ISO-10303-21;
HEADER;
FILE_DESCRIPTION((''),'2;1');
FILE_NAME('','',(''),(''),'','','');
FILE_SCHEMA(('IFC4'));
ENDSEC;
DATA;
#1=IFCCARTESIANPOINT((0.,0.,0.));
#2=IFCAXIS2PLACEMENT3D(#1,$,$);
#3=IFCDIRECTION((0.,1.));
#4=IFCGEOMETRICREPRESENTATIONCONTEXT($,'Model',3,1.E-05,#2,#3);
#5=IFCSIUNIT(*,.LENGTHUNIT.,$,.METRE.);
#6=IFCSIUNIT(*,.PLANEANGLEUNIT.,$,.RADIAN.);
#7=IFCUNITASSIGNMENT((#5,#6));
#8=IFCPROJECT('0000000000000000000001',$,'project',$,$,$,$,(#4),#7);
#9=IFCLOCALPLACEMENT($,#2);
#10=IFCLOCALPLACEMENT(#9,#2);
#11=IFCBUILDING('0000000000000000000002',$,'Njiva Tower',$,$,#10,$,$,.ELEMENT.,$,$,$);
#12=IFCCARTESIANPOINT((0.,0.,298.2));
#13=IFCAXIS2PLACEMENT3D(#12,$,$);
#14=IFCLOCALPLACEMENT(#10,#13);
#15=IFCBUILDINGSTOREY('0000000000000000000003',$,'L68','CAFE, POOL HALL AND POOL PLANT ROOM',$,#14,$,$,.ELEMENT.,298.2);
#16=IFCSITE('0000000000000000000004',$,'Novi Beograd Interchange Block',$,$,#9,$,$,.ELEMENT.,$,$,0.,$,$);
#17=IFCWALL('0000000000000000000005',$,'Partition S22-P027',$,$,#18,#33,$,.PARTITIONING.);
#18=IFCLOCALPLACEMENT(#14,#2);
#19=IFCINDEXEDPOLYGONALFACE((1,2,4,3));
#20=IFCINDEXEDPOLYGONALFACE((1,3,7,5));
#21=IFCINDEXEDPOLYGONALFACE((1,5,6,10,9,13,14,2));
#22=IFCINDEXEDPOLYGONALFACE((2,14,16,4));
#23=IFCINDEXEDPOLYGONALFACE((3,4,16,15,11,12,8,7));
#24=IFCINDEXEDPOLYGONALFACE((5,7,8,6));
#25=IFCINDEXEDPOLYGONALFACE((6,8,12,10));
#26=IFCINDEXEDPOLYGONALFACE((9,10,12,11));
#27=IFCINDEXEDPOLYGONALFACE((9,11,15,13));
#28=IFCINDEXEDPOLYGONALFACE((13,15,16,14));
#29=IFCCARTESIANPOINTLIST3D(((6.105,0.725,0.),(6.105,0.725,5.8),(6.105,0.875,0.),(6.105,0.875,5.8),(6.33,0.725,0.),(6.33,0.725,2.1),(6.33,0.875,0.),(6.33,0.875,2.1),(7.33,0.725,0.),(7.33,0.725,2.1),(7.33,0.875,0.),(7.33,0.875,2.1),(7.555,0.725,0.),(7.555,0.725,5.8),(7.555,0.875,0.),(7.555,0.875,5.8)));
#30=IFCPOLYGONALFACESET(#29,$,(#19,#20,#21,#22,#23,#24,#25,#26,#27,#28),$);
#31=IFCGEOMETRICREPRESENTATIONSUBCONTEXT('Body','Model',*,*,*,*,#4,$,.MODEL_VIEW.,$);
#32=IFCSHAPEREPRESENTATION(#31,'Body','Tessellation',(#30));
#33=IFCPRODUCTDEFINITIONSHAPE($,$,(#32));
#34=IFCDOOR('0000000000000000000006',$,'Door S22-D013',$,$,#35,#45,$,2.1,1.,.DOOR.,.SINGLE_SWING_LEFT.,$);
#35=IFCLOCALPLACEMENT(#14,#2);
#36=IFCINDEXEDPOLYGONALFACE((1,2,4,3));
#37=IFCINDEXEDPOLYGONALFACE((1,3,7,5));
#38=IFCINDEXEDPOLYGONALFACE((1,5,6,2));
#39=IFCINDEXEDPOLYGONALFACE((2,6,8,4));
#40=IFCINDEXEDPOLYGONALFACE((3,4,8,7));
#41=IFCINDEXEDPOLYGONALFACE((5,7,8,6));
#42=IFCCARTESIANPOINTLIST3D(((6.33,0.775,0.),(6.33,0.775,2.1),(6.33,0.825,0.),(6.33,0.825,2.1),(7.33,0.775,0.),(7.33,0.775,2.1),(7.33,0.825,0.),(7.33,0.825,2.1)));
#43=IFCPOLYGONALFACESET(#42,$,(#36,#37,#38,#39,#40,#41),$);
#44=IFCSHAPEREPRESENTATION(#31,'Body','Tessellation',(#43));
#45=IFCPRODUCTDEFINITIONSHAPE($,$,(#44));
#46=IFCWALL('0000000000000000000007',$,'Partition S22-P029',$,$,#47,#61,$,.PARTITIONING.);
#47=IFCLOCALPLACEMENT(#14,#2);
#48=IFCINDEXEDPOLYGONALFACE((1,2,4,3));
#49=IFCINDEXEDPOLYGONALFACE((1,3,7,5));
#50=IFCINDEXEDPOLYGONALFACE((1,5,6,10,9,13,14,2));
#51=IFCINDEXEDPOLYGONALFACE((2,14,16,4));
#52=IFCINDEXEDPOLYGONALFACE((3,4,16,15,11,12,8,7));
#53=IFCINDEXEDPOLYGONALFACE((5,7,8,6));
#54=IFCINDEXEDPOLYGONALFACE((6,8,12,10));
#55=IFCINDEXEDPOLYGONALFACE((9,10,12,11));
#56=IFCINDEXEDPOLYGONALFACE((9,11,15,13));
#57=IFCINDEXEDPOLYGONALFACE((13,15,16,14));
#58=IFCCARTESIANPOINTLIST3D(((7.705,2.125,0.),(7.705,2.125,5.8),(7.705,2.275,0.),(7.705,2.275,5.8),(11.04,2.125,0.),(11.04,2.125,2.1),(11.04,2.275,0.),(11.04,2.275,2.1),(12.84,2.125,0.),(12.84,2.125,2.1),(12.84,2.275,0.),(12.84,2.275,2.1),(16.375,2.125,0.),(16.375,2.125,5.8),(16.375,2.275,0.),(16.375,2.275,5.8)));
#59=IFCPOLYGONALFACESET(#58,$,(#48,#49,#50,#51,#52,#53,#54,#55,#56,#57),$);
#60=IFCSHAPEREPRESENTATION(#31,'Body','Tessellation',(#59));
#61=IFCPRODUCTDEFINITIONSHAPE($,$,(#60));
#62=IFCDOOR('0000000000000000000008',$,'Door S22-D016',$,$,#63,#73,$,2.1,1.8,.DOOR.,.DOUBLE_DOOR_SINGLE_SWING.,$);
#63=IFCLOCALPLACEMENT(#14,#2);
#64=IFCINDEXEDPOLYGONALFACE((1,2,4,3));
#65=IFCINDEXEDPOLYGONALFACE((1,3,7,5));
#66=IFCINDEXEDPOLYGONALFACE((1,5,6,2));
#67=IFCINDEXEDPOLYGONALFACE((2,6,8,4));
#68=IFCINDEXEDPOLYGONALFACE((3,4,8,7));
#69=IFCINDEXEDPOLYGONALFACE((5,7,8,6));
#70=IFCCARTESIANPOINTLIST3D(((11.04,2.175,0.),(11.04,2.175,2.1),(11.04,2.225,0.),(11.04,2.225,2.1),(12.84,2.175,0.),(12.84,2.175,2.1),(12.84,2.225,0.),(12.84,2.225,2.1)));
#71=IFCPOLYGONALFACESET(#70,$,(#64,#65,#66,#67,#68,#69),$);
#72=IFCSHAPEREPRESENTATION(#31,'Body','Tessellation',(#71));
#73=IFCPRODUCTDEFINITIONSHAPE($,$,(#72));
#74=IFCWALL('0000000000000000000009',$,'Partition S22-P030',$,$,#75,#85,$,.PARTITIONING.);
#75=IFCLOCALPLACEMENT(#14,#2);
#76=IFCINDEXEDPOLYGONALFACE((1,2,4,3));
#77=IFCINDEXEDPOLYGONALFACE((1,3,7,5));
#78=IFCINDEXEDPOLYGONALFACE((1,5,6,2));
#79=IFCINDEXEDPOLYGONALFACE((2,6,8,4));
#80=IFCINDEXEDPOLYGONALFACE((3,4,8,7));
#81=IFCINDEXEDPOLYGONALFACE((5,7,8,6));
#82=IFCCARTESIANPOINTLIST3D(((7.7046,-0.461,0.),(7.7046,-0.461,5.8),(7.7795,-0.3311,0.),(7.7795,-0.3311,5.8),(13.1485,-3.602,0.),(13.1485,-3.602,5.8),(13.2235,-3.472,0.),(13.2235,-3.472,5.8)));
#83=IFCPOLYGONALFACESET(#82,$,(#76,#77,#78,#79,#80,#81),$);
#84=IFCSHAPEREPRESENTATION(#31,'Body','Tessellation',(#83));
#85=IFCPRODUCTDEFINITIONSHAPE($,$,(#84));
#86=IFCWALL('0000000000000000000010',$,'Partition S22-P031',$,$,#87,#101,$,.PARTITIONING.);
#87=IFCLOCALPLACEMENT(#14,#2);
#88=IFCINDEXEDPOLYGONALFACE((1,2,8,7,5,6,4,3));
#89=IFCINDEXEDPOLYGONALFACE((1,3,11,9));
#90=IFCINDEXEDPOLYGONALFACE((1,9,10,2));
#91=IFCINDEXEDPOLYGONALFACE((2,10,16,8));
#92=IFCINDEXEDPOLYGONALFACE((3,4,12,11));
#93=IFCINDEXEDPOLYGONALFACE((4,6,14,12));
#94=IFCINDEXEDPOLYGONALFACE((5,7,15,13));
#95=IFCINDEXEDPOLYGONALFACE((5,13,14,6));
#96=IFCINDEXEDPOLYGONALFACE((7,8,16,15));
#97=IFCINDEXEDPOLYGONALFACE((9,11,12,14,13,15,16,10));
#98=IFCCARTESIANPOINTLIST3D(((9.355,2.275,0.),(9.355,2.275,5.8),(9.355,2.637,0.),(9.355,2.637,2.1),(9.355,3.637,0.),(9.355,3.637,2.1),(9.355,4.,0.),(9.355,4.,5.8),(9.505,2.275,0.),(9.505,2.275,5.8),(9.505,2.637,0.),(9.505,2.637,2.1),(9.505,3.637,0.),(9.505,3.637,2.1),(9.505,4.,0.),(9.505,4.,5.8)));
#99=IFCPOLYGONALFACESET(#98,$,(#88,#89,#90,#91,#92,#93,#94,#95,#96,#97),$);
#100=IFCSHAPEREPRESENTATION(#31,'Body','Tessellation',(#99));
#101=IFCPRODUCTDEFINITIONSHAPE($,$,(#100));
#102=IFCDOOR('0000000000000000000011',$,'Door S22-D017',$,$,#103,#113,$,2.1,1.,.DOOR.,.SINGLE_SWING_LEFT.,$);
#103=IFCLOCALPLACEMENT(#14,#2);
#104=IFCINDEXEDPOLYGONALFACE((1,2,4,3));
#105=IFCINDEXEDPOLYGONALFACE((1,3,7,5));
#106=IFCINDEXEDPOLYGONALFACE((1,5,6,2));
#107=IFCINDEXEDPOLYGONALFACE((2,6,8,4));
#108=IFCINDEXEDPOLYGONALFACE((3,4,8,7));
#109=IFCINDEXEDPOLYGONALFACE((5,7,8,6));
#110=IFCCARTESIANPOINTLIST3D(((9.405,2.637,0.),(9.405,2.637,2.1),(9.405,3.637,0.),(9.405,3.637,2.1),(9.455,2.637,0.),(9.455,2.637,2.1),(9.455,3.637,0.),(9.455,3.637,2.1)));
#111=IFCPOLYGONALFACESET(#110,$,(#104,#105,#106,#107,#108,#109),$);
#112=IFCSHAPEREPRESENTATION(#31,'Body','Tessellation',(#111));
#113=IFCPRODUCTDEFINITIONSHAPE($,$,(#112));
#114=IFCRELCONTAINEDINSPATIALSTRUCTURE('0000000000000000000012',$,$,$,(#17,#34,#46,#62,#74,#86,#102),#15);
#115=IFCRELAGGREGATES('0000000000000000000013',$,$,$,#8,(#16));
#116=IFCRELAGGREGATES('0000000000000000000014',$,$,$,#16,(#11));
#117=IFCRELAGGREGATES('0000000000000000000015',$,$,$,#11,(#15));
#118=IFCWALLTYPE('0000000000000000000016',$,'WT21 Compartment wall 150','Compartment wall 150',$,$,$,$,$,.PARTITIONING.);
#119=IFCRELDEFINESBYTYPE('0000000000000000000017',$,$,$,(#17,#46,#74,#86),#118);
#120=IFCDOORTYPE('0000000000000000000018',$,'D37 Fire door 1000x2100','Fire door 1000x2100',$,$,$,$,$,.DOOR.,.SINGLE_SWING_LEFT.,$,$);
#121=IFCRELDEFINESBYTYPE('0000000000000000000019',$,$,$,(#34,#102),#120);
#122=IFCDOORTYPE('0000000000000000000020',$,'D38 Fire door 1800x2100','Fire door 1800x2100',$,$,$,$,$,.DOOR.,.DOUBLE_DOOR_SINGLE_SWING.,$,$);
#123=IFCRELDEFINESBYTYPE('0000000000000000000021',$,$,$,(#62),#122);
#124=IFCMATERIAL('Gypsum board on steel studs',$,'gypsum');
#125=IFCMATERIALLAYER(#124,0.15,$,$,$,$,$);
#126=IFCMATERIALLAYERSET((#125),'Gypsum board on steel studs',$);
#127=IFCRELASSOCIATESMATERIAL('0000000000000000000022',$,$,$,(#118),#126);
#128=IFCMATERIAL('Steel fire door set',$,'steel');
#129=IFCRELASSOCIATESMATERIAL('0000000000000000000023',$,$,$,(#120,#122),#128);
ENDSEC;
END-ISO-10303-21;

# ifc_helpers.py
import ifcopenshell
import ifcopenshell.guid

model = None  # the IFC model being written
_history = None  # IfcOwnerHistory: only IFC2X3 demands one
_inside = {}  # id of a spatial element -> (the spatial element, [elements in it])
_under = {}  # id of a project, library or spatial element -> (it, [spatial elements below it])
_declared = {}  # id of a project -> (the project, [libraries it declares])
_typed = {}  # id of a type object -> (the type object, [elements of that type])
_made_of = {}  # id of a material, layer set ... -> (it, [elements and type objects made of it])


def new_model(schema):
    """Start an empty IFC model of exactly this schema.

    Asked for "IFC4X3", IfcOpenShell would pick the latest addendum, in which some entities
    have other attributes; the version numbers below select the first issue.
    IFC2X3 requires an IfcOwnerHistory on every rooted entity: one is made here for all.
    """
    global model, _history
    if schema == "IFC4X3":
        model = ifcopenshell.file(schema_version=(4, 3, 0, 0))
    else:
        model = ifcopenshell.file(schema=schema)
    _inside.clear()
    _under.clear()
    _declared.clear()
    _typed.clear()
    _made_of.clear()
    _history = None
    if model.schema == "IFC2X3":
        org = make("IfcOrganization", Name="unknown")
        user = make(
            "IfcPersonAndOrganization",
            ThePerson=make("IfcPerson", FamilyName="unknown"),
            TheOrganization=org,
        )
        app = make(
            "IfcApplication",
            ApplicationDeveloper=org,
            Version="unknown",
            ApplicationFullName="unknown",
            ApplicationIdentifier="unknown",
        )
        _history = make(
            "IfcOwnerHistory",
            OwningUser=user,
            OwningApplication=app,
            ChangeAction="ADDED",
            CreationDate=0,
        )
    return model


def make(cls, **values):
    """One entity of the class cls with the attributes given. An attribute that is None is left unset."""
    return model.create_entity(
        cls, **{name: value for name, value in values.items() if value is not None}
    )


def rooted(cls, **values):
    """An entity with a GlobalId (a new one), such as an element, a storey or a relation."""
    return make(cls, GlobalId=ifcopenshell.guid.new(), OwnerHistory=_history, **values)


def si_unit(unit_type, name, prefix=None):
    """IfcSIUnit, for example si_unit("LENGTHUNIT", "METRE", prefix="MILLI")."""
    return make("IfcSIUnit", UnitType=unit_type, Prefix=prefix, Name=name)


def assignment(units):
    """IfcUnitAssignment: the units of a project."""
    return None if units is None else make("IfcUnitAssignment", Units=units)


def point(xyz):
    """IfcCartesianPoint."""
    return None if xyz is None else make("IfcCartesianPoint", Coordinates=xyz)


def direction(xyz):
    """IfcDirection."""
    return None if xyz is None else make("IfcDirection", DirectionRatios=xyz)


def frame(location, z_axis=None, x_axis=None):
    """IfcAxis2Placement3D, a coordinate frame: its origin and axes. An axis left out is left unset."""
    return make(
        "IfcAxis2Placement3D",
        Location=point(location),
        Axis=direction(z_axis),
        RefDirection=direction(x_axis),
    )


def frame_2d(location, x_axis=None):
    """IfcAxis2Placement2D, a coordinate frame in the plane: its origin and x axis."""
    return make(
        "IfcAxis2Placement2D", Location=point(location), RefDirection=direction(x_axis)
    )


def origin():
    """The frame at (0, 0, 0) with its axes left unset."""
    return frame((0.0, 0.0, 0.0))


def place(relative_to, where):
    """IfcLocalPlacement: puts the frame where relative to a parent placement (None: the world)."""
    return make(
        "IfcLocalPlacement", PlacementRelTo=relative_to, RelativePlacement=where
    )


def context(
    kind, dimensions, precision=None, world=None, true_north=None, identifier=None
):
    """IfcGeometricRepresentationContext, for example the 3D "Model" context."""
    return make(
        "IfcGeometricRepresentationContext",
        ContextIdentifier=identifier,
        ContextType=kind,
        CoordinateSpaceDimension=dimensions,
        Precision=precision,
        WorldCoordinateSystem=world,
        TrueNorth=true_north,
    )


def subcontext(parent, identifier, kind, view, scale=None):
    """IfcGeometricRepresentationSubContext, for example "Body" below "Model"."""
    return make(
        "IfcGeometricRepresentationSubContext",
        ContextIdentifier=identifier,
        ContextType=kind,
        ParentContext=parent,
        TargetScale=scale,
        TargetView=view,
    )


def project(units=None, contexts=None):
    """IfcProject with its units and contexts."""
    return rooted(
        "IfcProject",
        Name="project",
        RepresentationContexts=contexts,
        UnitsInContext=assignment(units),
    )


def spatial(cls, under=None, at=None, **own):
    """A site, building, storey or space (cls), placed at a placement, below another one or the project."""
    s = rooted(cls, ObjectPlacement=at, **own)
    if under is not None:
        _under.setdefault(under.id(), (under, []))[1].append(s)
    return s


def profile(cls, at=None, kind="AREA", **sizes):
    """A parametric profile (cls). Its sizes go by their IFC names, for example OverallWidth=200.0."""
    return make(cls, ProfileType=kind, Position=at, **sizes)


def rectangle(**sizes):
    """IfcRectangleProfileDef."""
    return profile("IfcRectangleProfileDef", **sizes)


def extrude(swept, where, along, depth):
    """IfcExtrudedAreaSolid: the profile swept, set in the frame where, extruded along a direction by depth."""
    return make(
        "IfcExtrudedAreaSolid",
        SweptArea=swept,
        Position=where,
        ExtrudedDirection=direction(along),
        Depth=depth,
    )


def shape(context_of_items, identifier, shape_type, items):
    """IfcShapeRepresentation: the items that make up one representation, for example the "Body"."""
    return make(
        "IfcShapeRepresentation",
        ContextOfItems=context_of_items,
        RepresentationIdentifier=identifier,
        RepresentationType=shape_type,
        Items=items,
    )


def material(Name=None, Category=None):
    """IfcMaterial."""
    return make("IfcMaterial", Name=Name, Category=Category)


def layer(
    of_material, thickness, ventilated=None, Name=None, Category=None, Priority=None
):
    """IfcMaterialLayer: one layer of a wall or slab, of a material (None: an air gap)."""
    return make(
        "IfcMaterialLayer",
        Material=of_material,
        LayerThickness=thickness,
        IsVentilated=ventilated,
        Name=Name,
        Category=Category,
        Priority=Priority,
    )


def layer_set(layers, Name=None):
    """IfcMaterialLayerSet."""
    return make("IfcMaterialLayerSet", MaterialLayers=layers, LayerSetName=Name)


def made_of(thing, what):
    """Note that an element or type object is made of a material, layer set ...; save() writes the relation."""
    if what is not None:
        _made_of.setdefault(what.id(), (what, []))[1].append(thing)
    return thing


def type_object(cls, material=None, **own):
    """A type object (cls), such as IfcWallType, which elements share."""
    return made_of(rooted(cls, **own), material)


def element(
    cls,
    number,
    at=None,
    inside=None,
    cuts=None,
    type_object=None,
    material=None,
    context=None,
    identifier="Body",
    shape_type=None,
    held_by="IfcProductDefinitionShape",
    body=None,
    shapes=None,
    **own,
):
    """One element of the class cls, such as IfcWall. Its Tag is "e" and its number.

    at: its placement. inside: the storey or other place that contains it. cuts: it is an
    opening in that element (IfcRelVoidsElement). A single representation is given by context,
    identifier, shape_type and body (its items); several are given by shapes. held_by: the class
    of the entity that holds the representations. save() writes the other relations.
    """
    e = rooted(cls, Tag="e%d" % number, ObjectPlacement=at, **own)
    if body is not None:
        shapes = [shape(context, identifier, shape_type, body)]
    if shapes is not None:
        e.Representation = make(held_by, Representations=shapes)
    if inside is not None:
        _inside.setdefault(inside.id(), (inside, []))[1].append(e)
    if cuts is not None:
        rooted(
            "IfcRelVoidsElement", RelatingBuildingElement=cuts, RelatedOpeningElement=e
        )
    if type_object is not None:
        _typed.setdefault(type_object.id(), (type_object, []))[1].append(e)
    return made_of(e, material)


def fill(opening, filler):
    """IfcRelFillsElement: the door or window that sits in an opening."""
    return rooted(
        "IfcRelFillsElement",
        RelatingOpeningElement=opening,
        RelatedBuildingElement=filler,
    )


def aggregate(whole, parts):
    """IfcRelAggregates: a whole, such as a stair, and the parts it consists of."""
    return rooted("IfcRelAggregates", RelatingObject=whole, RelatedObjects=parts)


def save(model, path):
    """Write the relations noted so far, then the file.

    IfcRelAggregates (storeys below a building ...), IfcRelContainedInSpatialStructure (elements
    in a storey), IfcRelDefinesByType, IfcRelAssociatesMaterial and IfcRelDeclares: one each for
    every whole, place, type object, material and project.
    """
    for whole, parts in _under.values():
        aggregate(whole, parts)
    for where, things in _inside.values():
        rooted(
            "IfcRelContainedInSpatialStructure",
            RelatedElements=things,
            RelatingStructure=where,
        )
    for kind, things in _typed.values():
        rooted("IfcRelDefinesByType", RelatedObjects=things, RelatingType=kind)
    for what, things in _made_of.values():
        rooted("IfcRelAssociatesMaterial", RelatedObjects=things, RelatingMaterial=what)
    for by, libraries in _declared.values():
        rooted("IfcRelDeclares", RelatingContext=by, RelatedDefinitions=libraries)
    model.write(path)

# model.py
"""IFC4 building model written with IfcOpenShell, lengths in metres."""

from ifc_helpers import new_model, si_unit, direction, frame, frame_2d, origin, place, context, subcontext, project, spatial, rectangle, extrude, material, layer, layer_set, type_object, element, fill, save


model = new_model("IFC4")

# Units and contexts
model_context = context("Model", 3, precision=1e-05, world=origin(), true_north=direction((0.0, 1.0)))
body_context = subcontext(model_context, "Body", "Model", "MODEL_VIEW")
ifc_project = project(units=[si_unit("LENGTHUNIT", "METRE"), si_unit("PLANEANGLEUNIT", "RADIAN")], contexts=[model_context])

# Site, building, storey
site_placement = place(None, origin())
site = spatial("IfcSite", under=ifc_project, at=site_placement, Name="Novi Beograd Interchange Block", CompositionType="ELEMENT", RefElevation=0.0)
building_placement = place(site_placement, origin())
building = spatial("IfcBuilding", under=site, at=building_placement, Name="Njiva Tower", CompositionType="ELEMENT")
storey_placement = place(building_placement, frame((0.0, 0.0, 298.2)))
storey = spatial("IfcBuildingStorey", under=building, at=storey_placement, Name="L68", Description="CAFE, POOL HALL AND POOL PLANT ROOM", CompositionType="ELEMENT", Elevation=298.2)

# Shared definitions
ifc_material_1 = material(Name="Gypsum board on steel studs", Category="gypsum")
ifc_layer_1 = layer(ifc_material_1, 0.15)
ifc_layer_set_1 = layer_set([ifc_layer_1], Name="Gypsum board on steel studs")
wall_type_1 = type_object("IfcWallType", Name="WT21 Compartment wall 150", Description="Compartment wall 150", PredefinedType="PARTITIONING", material=ifc_layer_set_1)

# Walls, openings, doors
wall_1_placement = place(storey_placement, frame((6.105, 0.8, 0.0), z_axis=(0.0, 0.0, 1.0), x_axis=(1.0, 0.0, 0.0)))
wall_1 = element("IfcWall", 1, at=wall_1_placement, inside=storey, type_object=wall_type_1, Name="Partition S22-P027", PredefinedType="PARTITIONING", context=body_context, shape_type="SweptSolid", body=[
    extrude(rectangle(XDim=1.45, YDim=0.15, at=frame_2d((0.725, 0.0))), origin(), (0.0, 0.0, 1.0), 5.8),
])
opening_1_placement = place(wall_1_placement, frame((0.225, 0.0, 0.0)))
opening_1 = element("IfcOpeningElement", 2, at=opening_1_placement, cuts=wall_1, PredefinedType="OPENING", context=body_context, shape_type="SweptSolid", body=[
    extrude(rectangle(XDim=1.0, YDim=2.1, at=frame_2d((0.5, 1.05))), frame((0.0, 0.085, 0.0), z_axis=(0.0, -1.0, 0.0), x_axis=(1.0, 0.0, 0.0)), (0.0, 0.0, 1.0), 0.17),
])
ifc_material_2 = material(Name="Steel fire door set", Category="steel")
door_type_1 = type_object("IfcDoorType", Name="D37 Fire door 1000x2100", Description="Fire door 1000x2100", OperationType="SINGLE_SWING_LEFT", PredefinedType="DOOR", material=ifc_material_2)
door_1_placement = place(opening_1_placement, origin())
door_1 = element("IfcDoor", 3, at=door_1_placement, inside=storey, type_object=door_type_1, Name="Door S22-D013", OperationType="SINGLE_SWING_LEFT", OverallHeight=2.1, OverallWidth=1.0, PredefinedType="DOOR", context=body_context, shape_type="SweptSolid", body=[
    extrude(rectangle(XDim=1.0, YDim=2.1, at=frame_2d((0.5, 1.05))), frame((0.0, 0.025, 0.0), z_axis=(0.0, -1.0, 0.0), x_axis=(1.0, 0.0, 0.0)), (0.0, 0.0, 1.0), 0.05),
])
fill(opening_1, door_1)
wall_2_placement = place(storey_placement, frame((7.705, 2.2, 0.0), z_axis=(0.0, 0.0, 1.0), x_axis=(1.0, 0.0, 0.0)))
wall_2 = element("IfcWall", 4, at=wall_2_placement, inside=storey, type_object=wall_type_1, Name="Partition S22-P029", PredefinedType="PARTITIONING", context=body_context, shape_type="SweptSolid", body=[
    extrude(rectangle(XDim=8.67, YDim=0.15, at=frame_2d((4.335, 0.0))), origin(), (0.0, 0.0, 1.0), 5.8),
])
opening_2_placement = place(wall_2_placement, frame((3.335, 0.0, 0.0)))
opening_2 = element("IfcOpeningElement", 5, at=opening_2_placement, cuts=wall_2, PredefinedType="OPENING", context=body_context, shape_type="SweptSolid", body=[
    extrude(rectangle(XDim=1.8, YDim=2.1, at=frame_2d((0.9, 1.05))), frame((0.0, 0.085, 0.0), z_axis=(0.0, -1.0, 0.0), x_axis=(1.0, 0.0, 0.0)), (0.0, 0.0, 1.0), 0.17),
])
door_type_2 = type_object("IfcDoorType", Name="D38 Fire door 1800x2100", Description="Fire door 1800x2100", OperationType="DOUBLE_DOOR_SINGLE_SWING", PredefinedType="DOOR", material=ifc_material_2)
door_2_placement = place(opening_2_placement, origin())
door_2 = element("IfcDoor", 6, at=door_2_placement, inside=storey, type_object=door_type_2, Name="Door S22-D016", OperationType="DOUBLE_DOOR_SINGLE_SWING", OverallHeight=2.1, OverallWidth=1.8, PredefinedType="DOOR", context=body_context, shape_type="SweptSolid", body=[
    extrude(rectangle(XDim=1.8, YDim=2.1, at=frame_2d((0.9, 1.05))), frame((0.0, 0.025, 0.0), z_axis=(0.0, -1.0, 0.0), x_axis=(1.0, 0.0, 0.0)), (0.0, 0.0, 1.0), 0.05),
])
fill(opening_2, door_2)

# Wall
wall_3_placement = place(storey_placement, frame((7.742, -0.396, 0.0), z_axis=(0.0, 0.0, 1.0), x_axis=(0.86617, -0.49975, 0.0)))
element("IfcWall", 7, at=wall_3_placement, inside=storey, type_object=wall_type_1, Name="Partition S22-P030", PredefinedType="PARTITIONING", context=body_context, shape_type="SweptSolid", body=[
    extrude(rectangle(XDim=6.2851, YDim=0.15, at=frame_2d((3.1426, 0.0))), origin(), (0.0, 0.0, 1.0), 5.8),
])

# Wall, opening, door
wall_4_placement = place(storey_placement, frame((9.43, 2.275, 0.0), z_axis=(0.0, 0.0, 1.0), x_axis=(0.0, 1.0, 0.0)))
wall_4 = element("IfcWall", 8, at=wall_4_placement, inside=storey, type_object=wall_type_1, Name="Partition S22-P031", PredefinedType="PARTITIONING", context=body_context, shape_type="SweptSolid", body=[
    extrude(rectangle(XDim=1.725, YDim=0.15, at=frame_2d((0.8625, 0.0))), origin(), (0.0, 0.0, 1.0), 5.8),
])
opening_3_placement = place(wall_4_placement, frame((0.362, 0.0, 0.0)))
opening_3 = element("IfcOpeningElement", 9, at=opening_3_placement, cuts=wall_4, PredefinedType="OPENING", context=body_context, shape_type="SweptSolid", body=[
    extrude(rectangle(XDim=1.0, YDim=2.1, at=frame_2d((0.5, 1.05))), frame((0.0, 0.085, 0.0), z_axis=(0.0, -1.0, 0.0), x_axis=(1.0, 0.0, 0.0)), (0.0, 0.0, 1.0), 0.17),
])
door_3_placement = place(opening_3_placement, origin())
door_3 = element("IfcDoor", 10, at=door_3_placement, inside=storey, type_object=door_type_1, Name="Door S22-D017", OperationType="SINGLE_SWING_LEFT", OverallHeight=2.1, OverallWidth=1.0, PredefinedType="DOOR", context=body_context, shape_type="SweptSolid", body=[
    extrude(rectangle(XDim=1.0, YDim=2.1, at=frame_2d((0.5, 1.05))), frame((0.0, 0.025, 0.0), z_axis=(0.0, -1.0, 0.0), x_axis=(1.0, 0.0, 0.0)), (0.0, 0.0, 1.0), 0.05),
])
fill(opening_3, door_3)

save(model, "model.ifc")
